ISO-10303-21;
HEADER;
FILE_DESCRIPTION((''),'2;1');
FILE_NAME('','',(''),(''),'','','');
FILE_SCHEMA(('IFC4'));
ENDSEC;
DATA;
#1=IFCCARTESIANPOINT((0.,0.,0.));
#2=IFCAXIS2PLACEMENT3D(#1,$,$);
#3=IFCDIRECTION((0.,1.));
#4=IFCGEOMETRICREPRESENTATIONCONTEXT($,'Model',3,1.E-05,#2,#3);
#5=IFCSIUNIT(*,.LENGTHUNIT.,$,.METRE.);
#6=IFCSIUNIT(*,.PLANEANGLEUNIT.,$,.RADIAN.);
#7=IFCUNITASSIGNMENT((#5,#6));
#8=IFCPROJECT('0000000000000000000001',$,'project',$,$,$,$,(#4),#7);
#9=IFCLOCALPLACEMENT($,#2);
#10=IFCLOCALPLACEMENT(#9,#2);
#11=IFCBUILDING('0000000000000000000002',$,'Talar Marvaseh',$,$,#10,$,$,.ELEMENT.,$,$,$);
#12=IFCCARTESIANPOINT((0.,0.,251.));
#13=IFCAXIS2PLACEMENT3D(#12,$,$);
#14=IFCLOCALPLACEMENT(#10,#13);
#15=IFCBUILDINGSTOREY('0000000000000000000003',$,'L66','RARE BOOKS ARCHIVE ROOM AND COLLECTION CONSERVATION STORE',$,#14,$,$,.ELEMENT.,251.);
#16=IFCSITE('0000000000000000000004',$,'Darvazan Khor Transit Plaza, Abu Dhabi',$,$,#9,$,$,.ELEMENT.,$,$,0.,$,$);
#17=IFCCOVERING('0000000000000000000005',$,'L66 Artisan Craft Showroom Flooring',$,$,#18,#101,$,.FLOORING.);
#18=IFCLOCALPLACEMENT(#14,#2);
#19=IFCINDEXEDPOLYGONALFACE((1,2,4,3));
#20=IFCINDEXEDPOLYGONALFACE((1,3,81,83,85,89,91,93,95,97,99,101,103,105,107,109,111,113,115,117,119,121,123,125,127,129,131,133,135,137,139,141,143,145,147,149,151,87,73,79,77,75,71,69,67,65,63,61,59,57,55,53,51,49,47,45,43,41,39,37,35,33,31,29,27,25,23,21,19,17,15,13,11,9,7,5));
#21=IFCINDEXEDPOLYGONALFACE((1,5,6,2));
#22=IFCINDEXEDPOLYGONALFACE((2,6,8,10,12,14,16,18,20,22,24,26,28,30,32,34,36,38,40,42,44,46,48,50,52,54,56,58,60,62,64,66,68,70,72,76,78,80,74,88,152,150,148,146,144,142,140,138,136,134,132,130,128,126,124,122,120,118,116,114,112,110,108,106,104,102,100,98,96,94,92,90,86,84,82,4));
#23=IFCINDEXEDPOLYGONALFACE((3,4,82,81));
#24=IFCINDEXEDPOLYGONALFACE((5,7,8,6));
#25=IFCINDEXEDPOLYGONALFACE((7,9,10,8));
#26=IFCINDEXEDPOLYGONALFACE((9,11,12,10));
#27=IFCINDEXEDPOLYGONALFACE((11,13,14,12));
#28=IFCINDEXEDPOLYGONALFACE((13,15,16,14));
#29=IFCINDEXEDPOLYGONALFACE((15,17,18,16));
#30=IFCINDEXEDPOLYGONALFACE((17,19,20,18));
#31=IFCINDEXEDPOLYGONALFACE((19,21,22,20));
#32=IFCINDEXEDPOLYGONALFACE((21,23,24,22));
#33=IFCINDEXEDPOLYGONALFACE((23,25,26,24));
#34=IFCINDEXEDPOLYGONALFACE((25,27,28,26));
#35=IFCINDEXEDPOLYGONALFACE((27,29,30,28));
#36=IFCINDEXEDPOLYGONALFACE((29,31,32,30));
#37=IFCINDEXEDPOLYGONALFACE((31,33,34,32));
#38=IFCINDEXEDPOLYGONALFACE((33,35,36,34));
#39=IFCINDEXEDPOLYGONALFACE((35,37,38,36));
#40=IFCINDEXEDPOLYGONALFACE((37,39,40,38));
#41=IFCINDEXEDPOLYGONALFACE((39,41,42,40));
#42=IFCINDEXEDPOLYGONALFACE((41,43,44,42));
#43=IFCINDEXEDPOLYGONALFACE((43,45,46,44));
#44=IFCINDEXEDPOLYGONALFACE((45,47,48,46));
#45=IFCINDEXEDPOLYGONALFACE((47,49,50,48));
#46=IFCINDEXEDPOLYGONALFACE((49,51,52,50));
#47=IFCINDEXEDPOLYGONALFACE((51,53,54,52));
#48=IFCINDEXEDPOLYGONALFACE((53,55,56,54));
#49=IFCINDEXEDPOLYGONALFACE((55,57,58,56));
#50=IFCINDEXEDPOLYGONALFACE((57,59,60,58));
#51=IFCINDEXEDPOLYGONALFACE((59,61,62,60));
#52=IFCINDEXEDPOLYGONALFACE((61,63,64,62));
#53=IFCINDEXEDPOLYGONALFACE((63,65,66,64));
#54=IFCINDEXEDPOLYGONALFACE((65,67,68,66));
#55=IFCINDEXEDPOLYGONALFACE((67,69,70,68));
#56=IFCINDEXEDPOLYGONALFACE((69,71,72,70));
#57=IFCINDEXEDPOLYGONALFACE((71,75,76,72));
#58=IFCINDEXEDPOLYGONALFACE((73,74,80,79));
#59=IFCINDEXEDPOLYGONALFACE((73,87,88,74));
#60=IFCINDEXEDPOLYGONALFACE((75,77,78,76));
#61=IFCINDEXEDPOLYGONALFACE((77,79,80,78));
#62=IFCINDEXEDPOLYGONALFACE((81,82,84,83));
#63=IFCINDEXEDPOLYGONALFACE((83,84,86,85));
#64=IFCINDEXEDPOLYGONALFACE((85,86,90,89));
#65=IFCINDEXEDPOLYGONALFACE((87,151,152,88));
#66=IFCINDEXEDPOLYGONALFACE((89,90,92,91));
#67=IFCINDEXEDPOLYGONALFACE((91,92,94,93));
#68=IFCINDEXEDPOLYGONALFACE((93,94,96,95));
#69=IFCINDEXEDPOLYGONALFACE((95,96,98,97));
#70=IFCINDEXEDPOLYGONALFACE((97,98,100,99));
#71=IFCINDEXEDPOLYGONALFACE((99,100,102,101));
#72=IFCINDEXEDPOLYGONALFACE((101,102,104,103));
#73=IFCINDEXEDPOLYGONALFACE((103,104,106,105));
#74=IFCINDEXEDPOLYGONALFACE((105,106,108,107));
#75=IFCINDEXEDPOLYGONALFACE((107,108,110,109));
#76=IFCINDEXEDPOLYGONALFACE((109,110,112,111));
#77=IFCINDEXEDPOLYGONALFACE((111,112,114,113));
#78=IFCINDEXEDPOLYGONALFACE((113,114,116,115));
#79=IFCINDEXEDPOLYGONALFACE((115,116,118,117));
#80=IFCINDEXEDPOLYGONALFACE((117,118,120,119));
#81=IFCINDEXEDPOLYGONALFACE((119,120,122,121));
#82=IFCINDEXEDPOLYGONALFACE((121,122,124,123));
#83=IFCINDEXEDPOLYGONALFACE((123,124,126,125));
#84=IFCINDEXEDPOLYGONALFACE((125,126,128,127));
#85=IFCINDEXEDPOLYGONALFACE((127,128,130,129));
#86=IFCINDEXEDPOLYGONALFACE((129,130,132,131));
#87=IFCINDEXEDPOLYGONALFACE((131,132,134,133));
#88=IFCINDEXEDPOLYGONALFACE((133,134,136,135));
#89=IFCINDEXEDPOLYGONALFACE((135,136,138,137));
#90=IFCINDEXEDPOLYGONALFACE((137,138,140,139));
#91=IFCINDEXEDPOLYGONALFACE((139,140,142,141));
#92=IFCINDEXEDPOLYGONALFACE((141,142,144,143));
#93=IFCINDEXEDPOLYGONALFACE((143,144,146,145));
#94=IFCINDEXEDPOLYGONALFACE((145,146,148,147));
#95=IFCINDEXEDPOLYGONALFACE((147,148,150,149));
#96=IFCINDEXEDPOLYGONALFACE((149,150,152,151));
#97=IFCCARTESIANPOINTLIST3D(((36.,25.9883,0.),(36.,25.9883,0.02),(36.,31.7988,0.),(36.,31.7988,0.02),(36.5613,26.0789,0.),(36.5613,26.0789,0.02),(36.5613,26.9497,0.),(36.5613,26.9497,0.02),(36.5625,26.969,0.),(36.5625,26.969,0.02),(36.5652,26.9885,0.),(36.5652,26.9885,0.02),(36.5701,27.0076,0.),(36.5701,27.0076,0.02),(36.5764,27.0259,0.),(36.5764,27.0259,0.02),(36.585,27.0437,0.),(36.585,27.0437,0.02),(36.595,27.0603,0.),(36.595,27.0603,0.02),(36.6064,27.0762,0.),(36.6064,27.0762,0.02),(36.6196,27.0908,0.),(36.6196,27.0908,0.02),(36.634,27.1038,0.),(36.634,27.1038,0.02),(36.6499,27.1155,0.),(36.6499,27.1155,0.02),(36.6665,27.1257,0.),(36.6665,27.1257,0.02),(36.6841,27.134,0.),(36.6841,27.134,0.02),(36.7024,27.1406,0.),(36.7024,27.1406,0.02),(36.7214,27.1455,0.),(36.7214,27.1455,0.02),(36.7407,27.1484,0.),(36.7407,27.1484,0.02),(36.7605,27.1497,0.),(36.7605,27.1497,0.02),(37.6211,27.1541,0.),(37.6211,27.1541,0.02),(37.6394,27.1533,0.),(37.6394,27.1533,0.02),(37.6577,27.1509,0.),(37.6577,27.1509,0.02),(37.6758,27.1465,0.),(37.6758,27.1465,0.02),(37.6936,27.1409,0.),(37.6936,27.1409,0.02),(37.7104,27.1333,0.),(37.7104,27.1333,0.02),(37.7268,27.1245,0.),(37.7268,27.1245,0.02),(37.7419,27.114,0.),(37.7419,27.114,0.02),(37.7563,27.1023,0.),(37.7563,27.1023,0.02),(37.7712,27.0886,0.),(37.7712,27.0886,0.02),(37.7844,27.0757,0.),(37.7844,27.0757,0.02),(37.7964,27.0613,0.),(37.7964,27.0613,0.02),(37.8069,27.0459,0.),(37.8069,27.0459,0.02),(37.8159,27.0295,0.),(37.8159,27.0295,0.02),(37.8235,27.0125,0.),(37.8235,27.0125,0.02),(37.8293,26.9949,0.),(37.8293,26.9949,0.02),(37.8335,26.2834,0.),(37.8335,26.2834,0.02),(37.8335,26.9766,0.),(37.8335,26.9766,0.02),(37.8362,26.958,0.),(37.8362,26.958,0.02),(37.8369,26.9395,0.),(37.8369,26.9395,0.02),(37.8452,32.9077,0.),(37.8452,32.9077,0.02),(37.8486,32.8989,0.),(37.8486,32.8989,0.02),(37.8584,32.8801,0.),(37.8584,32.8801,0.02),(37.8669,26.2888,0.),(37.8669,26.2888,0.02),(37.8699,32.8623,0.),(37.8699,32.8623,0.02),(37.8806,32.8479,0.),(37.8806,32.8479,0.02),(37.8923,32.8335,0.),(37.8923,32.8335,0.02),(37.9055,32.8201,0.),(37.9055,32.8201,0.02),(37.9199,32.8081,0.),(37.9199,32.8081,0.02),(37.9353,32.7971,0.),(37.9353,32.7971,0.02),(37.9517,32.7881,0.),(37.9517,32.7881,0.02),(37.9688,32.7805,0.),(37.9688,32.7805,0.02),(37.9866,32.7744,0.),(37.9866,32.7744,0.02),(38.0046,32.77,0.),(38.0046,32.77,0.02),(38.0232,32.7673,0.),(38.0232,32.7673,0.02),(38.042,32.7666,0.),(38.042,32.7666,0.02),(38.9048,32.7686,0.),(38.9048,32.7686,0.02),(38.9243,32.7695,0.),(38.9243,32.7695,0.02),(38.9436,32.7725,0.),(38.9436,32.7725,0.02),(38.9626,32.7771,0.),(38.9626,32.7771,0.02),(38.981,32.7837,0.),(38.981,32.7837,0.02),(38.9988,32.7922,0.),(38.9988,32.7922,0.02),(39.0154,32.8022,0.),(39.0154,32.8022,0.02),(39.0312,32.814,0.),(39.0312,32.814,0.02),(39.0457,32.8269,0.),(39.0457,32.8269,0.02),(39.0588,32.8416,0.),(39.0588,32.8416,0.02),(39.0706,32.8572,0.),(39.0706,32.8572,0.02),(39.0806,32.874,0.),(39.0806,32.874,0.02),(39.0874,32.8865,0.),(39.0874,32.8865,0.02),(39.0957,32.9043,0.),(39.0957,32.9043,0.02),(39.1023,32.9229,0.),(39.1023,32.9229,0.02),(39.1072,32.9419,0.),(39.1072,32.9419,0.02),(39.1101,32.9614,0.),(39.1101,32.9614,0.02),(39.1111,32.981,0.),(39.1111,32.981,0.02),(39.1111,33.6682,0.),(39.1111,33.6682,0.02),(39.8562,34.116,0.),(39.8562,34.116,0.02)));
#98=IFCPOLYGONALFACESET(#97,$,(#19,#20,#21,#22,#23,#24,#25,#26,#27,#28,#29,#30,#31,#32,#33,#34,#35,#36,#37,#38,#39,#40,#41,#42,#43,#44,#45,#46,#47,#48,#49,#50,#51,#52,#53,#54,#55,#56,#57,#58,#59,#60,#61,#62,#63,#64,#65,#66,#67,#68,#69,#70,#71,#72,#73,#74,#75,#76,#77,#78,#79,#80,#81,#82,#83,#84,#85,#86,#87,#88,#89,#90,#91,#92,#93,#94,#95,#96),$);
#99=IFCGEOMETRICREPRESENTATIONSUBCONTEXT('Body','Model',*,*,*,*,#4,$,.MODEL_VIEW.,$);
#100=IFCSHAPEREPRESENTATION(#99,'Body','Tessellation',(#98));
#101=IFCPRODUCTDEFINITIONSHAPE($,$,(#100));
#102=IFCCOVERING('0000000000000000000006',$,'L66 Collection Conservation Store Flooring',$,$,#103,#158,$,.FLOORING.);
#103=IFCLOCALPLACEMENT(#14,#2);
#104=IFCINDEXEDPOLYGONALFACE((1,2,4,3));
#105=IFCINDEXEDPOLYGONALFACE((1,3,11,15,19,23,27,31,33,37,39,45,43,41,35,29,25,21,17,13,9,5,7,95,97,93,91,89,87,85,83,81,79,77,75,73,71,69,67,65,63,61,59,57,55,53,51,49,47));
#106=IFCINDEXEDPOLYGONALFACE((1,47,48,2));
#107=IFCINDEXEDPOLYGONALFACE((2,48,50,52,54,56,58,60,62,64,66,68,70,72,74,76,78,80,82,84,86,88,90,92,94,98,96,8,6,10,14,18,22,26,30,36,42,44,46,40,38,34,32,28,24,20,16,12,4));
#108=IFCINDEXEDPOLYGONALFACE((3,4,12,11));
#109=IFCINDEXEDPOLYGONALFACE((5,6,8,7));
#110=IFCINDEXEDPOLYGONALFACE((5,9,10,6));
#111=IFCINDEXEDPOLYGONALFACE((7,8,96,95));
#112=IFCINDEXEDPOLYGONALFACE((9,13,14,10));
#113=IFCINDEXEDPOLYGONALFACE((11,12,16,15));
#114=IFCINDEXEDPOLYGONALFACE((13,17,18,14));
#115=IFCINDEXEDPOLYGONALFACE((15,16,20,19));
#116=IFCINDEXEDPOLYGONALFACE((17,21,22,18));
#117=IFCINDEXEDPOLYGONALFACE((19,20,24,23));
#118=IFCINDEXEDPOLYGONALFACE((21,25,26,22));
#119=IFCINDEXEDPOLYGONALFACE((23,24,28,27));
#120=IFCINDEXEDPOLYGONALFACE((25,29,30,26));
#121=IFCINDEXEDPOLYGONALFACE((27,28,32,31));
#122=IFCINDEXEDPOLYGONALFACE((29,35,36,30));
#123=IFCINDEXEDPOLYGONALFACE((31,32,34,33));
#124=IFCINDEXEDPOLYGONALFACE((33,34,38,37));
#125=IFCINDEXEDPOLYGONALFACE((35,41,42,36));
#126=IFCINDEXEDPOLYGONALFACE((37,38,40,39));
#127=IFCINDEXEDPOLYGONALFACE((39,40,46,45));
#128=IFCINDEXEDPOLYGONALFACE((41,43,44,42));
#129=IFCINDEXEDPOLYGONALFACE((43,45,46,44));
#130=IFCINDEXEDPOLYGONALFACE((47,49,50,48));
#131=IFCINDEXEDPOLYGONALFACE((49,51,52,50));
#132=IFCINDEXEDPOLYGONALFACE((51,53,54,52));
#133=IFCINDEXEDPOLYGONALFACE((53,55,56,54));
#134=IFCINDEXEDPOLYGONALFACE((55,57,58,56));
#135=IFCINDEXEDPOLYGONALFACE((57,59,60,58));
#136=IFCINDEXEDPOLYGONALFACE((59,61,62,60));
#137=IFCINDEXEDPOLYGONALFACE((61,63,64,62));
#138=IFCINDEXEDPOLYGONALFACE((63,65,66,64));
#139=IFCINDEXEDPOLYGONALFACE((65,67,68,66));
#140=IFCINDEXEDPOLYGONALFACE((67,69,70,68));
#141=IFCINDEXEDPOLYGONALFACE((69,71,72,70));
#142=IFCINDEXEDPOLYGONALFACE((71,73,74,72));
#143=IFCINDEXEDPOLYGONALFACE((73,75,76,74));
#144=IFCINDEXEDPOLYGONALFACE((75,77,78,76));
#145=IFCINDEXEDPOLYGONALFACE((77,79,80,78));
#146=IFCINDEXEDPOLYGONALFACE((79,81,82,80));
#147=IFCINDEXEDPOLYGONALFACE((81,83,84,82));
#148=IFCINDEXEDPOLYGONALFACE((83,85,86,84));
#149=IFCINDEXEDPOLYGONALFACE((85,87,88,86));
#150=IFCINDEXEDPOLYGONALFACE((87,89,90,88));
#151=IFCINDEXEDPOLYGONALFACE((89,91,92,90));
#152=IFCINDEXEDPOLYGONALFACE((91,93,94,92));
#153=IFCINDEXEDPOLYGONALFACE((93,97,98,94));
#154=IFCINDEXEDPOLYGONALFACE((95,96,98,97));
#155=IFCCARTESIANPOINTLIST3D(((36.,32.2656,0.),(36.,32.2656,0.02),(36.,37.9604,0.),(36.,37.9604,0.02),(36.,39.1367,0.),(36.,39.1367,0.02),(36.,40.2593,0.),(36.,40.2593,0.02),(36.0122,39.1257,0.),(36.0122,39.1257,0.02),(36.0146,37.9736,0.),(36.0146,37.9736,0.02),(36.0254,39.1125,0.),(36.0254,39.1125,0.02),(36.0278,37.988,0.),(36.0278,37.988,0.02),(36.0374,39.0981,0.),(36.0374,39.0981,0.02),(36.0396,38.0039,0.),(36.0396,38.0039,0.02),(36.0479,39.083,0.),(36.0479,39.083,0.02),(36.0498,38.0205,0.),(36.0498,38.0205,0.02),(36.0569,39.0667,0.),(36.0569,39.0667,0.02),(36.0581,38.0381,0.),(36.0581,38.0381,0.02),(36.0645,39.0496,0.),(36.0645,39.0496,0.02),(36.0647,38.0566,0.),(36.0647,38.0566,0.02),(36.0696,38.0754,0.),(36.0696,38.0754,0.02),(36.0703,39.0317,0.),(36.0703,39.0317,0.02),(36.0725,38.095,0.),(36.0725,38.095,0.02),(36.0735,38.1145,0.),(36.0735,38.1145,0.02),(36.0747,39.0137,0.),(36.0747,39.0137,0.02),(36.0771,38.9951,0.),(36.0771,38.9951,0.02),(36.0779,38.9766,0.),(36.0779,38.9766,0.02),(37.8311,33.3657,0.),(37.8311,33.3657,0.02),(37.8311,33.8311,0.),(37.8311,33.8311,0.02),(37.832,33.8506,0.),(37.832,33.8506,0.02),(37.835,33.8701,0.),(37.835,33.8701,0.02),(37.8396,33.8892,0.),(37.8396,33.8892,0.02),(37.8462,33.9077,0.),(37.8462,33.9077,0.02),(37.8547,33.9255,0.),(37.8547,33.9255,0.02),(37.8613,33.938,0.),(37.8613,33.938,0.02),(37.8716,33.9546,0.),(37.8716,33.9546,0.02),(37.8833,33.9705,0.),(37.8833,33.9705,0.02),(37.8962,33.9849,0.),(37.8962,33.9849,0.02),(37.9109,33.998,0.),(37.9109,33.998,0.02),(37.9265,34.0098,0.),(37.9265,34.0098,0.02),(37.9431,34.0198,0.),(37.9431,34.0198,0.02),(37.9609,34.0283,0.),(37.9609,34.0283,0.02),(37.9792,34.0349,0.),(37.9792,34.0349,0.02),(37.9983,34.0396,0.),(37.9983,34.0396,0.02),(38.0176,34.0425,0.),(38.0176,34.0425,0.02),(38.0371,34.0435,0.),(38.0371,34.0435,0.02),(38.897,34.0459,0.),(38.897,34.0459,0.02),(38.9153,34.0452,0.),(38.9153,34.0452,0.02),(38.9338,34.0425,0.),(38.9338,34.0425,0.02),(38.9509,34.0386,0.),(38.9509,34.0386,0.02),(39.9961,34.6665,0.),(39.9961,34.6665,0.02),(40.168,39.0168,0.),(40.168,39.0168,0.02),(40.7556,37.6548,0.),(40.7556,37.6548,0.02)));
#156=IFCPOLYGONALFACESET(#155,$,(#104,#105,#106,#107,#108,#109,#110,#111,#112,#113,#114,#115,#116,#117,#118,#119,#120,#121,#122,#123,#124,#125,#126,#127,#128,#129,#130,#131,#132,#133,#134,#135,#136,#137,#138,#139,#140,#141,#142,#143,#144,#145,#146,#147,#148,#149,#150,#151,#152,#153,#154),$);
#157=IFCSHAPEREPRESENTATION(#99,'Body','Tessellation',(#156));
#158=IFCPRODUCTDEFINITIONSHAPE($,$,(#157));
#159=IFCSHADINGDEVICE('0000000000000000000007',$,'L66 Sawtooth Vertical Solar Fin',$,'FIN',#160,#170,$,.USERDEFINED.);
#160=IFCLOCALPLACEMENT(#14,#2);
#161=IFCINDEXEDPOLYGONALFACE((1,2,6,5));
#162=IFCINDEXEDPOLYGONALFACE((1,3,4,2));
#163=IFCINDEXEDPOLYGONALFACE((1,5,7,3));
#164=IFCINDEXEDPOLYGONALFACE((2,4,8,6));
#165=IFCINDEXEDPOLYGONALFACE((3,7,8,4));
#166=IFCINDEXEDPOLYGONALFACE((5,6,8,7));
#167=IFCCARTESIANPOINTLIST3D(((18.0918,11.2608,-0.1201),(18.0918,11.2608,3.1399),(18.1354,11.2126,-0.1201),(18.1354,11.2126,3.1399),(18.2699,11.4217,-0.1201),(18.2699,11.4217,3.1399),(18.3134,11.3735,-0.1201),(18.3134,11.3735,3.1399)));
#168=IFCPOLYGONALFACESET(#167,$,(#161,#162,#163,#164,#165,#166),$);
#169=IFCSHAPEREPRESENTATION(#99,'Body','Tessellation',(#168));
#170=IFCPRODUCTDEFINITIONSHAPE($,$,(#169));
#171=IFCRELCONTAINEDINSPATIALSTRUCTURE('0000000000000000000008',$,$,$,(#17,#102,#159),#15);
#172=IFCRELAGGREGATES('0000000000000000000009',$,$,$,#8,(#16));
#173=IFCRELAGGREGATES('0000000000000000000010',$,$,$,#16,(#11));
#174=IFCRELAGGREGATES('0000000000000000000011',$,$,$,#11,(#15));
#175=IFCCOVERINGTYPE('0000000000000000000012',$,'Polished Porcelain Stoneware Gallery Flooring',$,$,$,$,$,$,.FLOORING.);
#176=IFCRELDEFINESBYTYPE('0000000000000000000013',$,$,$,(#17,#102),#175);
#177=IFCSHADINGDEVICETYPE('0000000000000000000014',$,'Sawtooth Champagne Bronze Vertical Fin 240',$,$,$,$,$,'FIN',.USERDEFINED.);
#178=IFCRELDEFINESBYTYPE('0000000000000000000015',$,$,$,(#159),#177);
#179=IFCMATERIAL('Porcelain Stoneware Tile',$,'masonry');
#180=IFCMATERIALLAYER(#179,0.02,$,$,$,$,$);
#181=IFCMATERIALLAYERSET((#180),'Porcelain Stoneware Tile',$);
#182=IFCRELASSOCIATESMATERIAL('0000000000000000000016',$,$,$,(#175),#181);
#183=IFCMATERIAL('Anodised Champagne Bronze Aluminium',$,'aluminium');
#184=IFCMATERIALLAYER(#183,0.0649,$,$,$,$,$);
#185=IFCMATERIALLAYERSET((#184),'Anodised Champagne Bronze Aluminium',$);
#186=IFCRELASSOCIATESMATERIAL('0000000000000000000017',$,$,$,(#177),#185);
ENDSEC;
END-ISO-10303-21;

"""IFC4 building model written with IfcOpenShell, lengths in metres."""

from ifc_helpers import new_model, si_unit, direction, frame, origin, origin_2d, place, context, subcontext, project, spatial, polyline, rectangle, outline, extrude, source, transform, mapped, material, layer, layer_set, type_object, type_shapes, element, save


model = new_model("IFC4")

# Units and contexts
model_context = context("Model", 3, precision=1e-05, world=origin(), true_north=direction((0.0, 1.0)))
body_context = subcontext(model_context, "Body", "Model", "MODEL_VIEW")
ifc_project = project(units=[si_unit("LENGTHUNIT", "METRE"), si_unit("PLANEANGLEUNIT", "RADIAN")], contexts=[model_context])

# Site, building, storey
site_placement = place(None, origin())
site = spatial("IfcSite", under=ifc_project, at=site_placement, Name="Darvazan Khor Transit Plaza, Abu Dhabi", CompositionType="ELEMENT", RefElevation=0.0)
building_placement = place(site_placement, origin())
building = spatial("IfcBuilding", under=site, at=building_placement, Name="Talar Marvaseh", CompositionType="ELEMENT")
storey_placement = place(building_placement, frame((0.0, 0.0, 251.0)))
storey = spatial("IfcBuildingStorey", under=building, at=storey_placement, Name="L66", Description="RARE BOOKS ARCHIVE ROOM AND COLLECTION CONSERVATION STORE", CompositionType="ELEMENT", Elevation=251.0)

# Coverings
ifc_material_1 = material(Name="Porcelain Stoneware Tile", Category="masonry")
ifc_layer_1 = layer(ifc_material_1, 0.02)
ifc_layer_set_1 = layer_set([ifc_layer_1], Name="Porcelain Stoneware Tile")
covering_type_1 = type_object("IfcCoveringType", Name="Polished Porcelain Stoneware Gallery Flooring", PredefinedType="FLOORING", material=ifc_layer_set_1)
covering_1_placement = place(storey_placement, origin())
element("IfcCovering", 1, at=covering_1_placement, inside=storey, type_object=covering_type_1, Name="L66 Artisan Craft Showroom Flooring", PredefinedType="FLOORING", context=body_context, shape_type="SweptSolid", body=[
    extrude(outline(polyline([(37.8486, 32.8989), (37.8584, 32.8801), (37.8699, 32.8623), (37.8806, 32.8479), (37.8923, 32.8335), (37.9055, 32.8201), (37.9199, 32.8081), (37.9353, 32.7971), (37.9517, 32.7881), (37.9688, 32.7805), (37.9866, 32.7744), (38.0046, 32.77), (38.0232, 32.7673), (38.042, 32.7666), (38.9048, 32.7686), (38.9243, 32.7695), (38.9436, 32.7725), (38.9626, 32.7771), (38.981, 32.7837), (38.9988, 32.7922), (39.0154, 32.8022), (39.0312, 32.814), (39.0457, 32.8269), (39.0588, 32.8416), (39.0706, 32.8572), (39.0806, 32.874), (39.0874, 32.8865), (39.0957, 32.9043), (39.1023, 32.9229), (39.1072, 32.9419), (39.1101, 32.9614), (39.1111, 32.981), (39.1111, 33.6682), (39.8562, 34.116), (37.8669, 26.2888), (37.8335, 26.2834), (37.8369, 26.9395), (37.8362, 26.958), (37.8335, 26.9766), (37.8293, 26.9949), (37.8235, 27.0125), (37.8159, 27.0295), (37.8069, 27.0459), (37.7964, 27.0613), (37.7844, 27.0757), (37.7712, 27.0886), (37.7563, 27.1023), (37.7419, 27.114), (37.7268, 27.1245), (37.7104, 27.1333), (37.6936, 27.1409), (37.6758, 27.1465), (37.6577, 27.1509), (37.6394, 27.1533), (37.6211, 27.1541), (36.7605, 27.1497), (36.7407, 27.1484), (36.7214, 27.1455), (36.7024, 27.1406), (36.6841, 27.134), (36.6665, 27.1257), (36.6499, 27.1155), (36.634, 27.1038), (36.6196, 27.0908), (36.6064, 27.0762), (36.595, 27.0603), (36.585, 27.0437), (36.5764, 27.0259), (36.5701, 27.0076), (36.5652, 26.9885), (36.5625, 26.969), (36.5613, 26.9497), (36.5613, 26.0789), (36.0, 25.9883), (36.0, 31.7988), (37.8452, 32.9077), (37.8486, 32.8989)])), origin(), (0.0, 0.0, 1.0), 0.02),
])
covering_2_placement = place(storey_placement, origin())
element("IfcCovering", 2, at=covering_2_placement, inside=storey, type_object=covering_type_1, Name="L66 Collection Conservation Store Flooring", PredefinedType="FLOORING", context=body_context, shape_type="SweptSolid", body=[
    extrude(outline(polyline([(38.9153, 34.0452), (38.897, 34.0459), (38.0371, 34.0435), (38.0176, 34.0425), (37.9983, 34.0396), (37.9792, 34.0349), (37.9609, 34.0283), (37.9431, 34.0198), (37.9265, 34.0098), (37.9109, 33.998), (37.8962, 33.9849), (37.8833, 33.9705), (37.8716, 33.9546), (37.8613, 33.938), (37.8547, 33.9255), (37.8462, 33.9077), (37.8396, 33.8892), (37.835, 33.8701), (37.832, 33.8506), (37.8311, 33.8311), (37.8311, 33.3657), (36.0, 32.2656), (36.0, 37.9604), (36.0, 37.9604), (36.0146, 37.9736), (36.0278, 37.988), (36.0396, 38.0039), (36.0498, 38.0205), (36.0581, 38.0381), (36.0647, 38.0566), (36.0696, 38.0754), (36.0725, 38.095), (36.0735, 38.1145), (36.0779, 38.9766), (36.0771, 38.9951), (36.0747, 39.0137), (36.0703, 39.0317), (36.0645, 39.0496), (36.0569, 39.0667), (36.0479, 39.083), (36.0374, 39.0981), (36.0254, 39.1125), (36.0122, 39.1257), (36.0, 39.1367), (36.0, 40.2593), (40.168, 39.0168), (40.7556, 37.6548), (39.9961, 34.6665), (38.9509, 34.0386), (38.9338, 34.0425), (38.9153, 34.0452)])), origin(), (0.0, 0.0, 1.0), 0.02),
])

# Shading device
ifc_material_2 = material(Name="Anodised Champagne Bronze Aluminium", Category="aluminium")
ifc_layer_2 = layer(ifc_material_2, 0.0649)
ifc_layer_set_2 = layer_set([ifc_layer_2], Name="Anodised Champagne Bronze Aluminium")
shading_device_type_1 = type_object("IfcShadingDeviceType", Name="Sawtooth Champagne Bronze Vertical Fin 240", ElementType="FIN", PredefinedType="USERDEFINED", material=ifc_layer_set_2)
shared_shape_1 = source(origin(), body_context, "Body", "SweptSolid", [
    extrude(rectangle(XDim=0.24, YDim=0.0649, at=origin_2d()), origin(), (0.0, 0.0, 1.0), 3.26),
])
type_shapes(shading_device_type_1, [shared_shape_1])
for number, where, z_axis, x_axis, name in (
    (3, (18.2026, 11.3171, -0.1201), (0.0, 0.0, 1.0), (-0.741976, -0.670427, 0.0), "L66 Sawtooth Vertical Solar Fin"),
):
    element("IfcShadingDevice", number, at=place(storey_placement, frame(where, z_axis=z_axis, x_axis=x_axis)), inside=storey, type_object=shading_device_type_1, Name=name, ObjectType="FIN", PredefinedType="USERDEFINED", context=body_context, shape_type="MappedRepresentation", body=[
        mapped(shared_shape_1, transform((0.0, 0.0, 0.0), x_axis=(1.0, 0.0, 0.0), y_axis=(0.0, 1.0, 0.0), z_axis=(0.0, 0.0, 1.0), scale=1.0)),
    ])

save(model, "model.ifc")
